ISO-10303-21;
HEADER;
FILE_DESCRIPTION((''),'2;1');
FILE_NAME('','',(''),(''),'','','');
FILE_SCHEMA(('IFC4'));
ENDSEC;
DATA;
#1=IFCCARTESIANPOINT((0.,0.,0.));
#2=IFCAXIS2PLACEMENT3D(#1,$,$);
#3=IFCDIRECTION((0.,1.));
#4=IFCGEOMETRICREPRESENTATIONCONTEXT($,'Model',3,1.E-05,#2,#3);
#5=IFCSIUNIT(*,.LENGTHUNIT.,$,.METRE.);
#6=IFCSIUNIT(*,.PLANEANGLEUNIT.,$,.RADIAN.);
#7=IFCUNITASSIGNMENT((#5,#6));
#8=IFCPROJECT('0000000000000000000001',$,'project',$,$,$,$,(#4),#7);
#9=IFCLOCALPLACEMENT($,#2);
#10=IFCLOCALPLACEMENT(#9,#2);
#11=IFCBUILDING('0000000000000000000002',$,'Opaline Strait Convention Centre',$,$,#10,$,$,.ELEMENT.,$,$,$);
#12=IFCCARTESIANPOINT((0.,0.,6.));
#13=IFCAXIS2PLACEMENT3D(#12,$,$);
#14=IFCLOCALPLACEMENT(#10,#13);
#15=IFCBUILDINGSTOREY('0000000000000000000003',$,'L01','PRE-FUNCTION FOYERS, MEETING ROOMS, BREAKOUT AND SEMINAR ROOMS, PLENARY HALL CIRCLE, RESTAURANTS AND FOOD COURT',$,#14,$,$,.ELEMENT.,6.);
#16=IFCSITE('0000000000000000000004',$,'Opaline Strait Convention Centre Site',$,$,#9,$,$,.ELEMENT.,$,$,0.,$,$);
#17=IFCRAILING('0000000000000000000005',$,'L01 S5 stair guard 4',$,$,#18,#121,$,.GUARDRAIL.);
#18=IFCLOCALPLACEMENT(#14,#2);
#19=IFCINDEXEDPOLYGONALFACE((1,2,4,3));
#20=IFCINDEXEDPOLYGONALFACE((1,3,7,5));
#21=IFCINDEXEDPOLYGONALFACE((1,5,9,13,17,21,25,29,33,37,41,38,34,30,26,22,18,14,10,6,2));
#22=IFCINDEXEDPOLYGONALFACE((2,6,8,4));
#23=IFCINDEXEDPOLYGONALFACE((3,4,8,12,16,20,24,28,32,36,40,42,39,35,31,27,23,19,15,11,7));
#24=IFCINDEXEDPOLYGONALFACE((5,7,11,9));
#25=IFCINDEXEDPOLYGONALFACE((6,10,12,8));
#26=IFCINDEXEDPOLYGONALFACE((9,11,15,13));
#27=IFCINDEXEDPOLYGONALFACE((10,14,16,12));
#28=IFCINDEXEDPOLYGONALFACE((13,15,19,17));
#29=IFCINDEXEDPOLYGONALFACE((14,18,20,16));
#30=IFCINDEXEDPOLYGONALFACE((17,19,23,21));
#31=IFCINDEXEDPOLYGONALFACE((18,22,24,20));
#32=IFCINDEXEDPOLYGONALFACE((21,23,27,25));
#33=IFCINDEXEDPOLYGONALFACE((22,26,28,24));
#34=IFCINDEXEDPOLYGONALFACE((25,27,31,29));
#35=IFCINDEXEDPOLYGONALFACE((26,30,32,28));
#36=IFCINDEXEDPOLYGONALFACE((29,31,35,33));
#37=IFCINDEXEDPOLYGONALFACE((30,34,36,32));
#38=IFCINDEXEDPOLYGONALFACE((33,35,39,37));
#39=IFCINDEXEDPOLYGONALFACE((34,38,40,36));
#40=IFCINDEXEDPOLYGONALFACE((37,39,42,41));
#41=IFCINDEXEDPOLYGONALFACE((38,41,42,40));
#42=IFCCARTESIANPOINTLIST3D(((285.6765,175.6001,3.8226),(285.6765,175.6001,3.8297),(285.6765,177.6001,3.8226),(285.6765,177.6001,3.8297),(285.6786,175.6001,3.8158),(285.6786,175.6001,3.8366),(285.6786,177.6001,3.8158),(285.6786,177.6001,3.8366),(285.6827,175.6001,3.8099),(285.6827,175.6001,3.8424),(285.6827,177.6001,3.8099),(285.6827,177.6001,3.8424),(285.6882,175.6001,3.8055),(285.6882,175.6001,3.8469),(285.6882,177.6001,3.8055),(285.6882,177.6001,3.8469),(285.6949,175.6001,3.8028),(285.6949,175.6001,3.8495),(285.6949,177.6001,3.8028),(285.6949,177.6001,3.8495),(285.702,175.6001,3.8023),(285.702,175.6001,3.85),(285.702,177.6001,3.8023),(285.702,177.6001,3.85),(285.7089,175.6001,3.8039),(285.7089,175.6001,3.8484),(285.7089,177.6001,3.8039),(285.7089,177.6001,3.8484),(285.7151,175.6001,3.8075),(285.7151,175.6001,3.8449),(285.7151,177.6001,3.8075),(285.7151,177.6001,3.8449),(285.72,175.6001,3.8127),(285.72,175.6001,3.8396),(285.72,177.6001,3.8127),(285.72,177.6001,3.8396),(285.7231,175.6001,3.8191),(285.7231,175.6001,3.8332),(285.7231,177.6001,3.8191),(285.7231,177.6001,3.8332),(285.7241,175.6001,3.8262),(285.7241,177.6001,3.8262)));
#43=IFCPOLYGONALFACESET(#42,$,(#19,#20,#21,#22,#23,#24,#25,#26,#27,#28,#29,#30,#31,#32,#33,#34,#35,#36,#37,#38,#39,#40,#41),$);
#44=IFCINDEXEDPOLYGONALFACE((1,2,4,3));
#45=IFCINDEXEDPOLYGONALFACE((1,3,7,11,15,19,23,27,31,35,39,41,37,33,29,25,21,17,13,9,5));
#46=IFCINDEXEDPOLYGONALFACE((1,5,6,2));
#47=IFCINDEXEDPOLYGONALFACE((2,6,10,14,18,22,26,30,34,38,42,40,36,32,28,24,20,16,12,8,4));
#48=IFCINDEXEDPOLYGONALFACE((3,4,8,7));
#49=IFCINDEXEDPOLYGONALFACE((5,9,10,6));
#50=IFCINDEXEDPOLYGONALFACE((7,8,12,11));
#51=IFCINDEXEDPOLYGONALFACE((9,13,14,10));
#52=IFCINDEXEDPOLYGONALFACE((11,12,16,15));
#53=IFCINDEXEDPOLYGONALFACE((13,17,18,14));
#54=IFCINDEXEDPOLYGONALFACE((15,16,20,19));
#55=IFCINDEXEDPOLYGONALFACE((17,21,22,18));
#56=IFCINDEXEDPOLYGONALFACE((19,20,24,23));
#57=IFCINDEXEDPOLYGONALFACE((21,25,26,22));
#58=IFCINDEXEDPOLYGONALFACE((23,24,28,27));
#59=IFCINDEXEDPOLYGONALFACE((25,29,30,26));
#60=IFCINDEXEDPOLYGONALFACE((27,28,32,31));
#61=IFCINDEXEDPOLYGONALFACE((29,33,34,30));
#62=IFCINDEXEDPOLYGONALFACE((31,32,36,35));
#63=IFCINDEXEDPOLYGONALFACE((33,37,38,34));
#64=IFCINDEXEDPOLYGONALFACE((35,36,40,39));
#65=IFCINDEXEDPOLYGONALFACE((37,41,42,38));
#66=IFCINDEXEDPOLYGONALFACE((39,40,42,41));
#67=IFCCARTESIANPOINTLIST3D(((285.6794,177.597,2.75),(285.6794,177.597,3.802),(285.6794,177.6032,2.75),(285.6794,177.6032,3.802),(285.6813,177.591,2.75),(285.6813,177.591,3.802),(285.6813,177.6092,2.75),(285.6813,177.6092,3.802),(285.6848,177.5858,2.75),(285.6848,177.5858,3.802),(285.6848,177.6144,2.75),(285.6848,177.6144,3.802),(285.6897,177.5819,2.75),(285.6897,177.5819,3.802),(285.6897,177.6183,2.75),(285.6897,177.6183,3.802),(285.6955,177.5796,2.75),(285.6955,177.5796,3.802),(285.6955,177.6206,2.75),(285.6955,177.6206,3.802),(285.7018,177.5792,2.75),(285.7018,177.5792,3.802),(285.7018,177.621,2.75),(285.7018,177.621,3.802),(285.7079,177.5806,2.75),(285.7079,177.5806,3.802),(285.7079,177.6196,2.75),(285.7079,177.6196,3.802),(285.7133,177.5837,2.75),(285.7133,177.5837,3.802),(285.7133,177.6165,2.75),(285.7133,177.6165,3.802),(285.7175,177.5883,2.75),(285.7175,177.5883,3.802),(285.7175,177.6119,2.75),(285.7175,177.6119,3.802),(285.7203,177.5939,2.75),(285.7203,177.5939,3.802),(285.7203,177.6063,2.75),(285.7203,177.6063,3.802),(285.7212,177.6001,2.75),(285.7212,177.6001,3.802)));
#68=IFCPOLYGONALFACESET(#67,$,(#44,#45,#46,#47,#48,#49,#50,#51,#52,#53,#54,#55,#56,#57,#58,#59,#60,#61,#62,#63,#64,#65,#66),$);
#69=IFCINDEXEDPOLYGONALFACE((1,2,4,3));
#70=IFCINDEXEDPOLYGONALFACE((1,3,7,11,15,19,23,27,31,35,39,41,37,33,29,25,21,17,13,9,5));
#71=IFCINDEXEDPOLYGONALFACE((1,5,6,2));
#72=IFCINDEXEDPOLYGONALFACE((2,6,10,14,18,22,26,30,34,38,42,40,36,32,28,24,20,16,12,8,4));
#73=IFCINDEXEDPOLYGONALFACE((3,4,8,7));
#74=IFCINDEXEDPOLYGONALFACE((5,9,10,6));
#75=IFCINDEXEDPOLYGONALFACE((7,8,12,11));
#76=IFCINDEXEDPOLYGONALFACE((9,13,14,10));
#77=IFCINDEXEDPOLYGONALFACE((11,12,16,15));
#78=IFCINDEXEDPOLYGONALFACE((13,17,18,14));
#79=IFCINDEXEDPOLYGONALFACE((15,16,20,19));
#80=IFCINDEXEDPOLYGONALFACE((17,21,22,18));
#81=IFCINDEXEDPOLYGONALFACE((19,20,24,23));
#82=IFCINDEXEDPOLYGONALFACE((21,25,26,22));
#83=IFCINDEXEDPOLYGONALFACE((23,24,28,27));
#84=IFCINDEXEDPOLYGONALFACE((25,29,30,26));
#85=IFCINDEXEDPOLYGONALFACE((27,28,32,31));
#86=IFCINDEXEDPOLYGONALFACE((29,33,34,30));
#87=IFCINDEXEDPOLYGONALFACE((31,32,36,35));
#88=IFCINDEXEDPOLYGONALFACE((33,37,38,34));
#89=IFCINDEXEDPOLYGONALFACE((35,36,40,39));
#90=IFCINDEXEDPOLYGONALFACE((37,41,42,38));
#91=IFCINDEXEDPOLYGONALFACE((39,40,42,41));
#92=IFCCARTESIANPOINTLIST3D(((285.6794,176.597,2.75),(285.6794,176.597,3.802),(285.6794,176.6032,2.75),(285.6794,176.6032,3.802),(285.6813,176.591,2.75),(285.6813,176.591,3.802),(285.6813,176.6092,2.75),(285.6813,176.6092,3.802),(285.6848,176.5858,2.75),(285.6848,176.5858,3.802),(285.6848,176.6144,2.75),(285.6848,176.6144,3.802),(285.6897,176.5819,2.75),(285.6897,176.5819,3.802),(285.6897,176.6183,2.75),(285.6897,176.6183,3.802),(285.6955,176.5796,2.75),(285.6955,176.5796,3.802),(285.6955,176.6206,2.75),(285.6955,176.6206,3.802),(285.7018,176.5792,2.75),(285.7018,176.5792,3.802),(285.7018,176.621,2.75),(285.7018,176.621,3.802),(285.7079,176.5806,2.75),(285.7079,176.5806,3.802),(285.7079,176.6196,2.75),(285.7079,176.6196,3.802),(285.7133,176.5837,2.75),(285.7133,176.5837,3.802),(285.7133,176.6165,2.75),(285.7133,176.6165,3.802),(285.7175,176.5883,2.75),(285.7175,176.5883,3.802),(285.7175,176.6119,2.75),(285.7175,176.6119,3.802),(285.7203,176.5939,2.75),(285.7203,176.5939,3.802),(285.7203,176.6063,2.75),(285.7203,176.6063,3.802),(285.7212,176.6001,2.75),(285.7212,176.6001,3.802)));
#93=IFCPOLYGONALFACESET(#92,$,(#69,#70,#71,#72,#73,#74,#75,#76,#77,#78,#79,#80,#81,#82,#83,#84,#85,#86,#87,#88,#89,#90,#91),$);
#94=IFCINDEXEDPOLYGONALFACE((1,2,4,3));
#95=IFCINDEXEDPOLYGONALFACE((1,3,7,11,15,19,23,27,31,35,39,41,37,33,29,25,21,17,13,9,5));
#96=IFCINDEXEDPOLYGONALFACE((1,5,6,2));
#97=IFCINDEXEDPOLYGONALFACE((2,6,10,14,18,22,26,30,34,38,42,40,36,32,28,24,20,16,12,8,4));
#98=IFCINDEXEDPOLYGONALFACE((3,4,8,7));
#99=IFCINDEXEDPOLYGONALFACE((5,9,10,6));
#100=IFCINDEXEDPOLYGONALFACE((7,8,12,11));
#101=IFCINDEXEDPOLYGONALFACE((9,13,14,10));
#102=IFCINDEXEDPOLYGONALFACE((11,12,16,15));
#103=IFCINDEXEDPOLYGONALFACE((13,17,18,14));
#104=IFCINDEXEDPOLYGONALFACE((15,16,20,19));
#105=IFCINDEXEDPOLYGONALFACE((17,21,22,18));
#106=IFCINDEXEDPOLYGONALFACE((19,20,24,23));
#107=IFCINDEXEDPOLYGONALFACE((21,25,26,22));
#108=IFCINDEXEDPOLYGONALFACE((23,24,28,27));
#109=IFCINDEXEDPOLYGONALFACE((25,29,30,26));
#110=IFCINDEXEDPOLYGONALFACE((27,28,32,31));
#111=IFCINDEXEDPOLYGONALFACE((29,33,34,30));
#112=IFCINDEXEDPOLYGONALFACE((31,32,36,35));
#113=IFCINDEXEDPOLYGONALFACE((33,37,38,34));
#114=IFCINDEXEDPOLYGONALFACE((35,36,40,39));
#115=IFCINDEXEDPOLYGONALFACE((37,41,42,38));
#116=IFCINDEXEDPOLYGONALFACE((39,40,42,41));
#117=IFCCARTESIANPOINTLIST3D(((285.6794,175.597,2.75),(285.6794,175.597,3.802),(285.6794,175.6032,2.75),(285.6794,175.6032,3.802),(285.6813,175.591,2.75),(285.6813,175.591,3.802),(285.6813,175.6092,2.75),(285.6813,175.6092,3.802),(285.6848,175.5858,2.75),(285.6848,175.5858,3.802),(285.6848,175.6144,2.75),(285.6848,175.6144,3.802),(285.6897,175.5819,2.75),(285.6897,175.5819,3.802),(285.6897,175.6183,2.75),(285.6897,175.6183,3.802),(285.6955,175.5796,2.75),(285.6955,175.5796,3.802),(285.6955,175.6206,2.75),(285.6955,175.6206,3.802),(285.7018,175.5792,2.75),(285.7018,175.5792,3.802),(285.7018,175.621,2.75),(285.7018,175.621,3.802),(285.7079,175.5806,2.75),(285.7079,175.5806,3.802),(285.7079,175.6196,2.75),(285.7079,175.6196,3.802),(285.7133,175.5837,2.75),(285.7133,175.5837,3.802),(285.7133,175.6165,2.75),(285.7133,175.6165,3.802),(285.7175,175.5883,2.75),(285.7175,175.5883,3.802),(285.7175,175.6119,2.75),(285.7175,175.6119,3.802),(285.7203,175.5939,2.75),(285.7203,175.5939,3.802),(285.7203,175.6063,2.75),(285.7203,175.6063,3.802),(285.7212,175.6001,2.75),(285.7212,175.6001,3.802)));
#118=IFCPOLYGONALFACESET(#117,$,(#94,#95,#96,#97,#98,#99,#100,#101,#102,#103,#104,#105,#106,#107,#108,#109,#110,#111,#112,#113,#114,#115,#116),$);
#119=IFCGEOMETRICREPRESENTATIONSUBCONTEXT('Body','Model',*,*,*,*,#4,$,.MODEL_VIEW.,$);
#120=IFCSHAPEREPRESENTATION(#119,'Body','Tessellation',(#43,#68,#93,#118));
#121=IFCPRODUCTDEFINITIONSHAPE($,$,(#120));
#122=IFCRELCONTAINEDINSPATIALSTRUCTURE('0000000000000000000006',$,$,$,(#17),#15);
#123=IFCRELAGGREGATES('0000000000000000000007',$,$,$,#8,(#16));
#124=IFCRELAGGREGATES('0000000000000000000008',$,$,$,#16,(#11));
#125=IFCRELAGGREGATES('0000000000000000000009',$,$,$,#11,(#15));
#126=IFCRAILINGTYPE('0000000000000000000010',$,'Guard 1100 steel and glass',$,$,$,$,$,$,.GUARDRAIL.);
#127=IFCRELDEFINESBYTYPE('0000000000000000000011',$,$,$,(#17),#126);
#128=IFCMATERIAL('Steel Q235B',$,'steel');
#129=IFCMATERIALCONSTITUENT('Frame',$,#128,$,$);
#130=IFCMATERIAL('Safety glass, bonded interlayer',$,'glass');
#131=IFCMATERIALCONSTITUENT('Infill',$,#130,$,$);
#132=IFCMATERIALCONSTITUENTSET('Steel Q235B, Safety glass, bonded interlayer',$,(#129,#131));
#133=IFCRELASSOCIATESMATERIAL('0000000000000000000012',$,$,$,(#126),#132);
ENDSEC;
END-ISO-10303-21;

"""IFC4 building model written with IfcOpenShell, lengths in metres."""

from ifc_helpers import new_model, si_unit, direction, frame, origin, origin_2d, place, context, subcontext, project, spatial, circle, extrude, material, constituent, constituent_set, type_object, element, save


model = new_model("IFC4")

# Units and contexts
model_context = context("Model", 3, precision=1e-05, world=origin(), true_north=direction((0.0, 1.0)))
body_context = subcontext(model_context, "Body", "Model", "MODEL_VIEW")
ifc_project = project(units=[si_unit("LENGTHUNIT", "METRE"), si_unit("PLANEANGLEUNIT", "RADIAN")], contexts=[model_context])

# Site, building, storey
site_placement = place(None, origin())
site = spatial("IfcSite", under=ifc_project, at=site_placement, Name="Opaline Strait Convention Centre Site", CompositionType="ELEMENT", RefElevation=0.0)
building_placement = place(site_placement, origin())
building = spatial("IfcBuilding", under=site, at=building_placement, Name="Opaline Strait Convention Centre", CompositionType="ELEMENT")
storey_placement = place(building_placement, frame((0.0, 0.0, 6.0)))
storey = spatial("IfcBuildingStorey", under=building, at=storey_placement, Name="L01", Description="PRE-FUNCTION FOYERS, MEETING ROOMS, BREAKOUT AND SEMINAR ROOMS, PLENARY HALL CIRCLE, RESTAURANTS AND FOOD COURT", CompositionType="ELEMENT", Elevation=6.0)

# Shared definitions
ifc_material_1 = material(Name="Steel Q235B", Category="steel")

# Railing
ifc_constituent_1 = constituent(ifc_material_1, Name="Frame")
ifc_material_2 = material(Name="Safety glass, bonded interlayer", Category="glass")
ifc_constituent_2 = constituent(ifc_material_2, Name="Infill")
ifc_constituent_set = constituent_set(constituents=[ifc_constituent_1, ifc_constituent_2], Name="Steel Q235B, Safety glass, bonded interlayer")
railing_type = type_object("IfcRailingType", Name="Guard 1100 steel and glass", PredefinedType="GUARDRAIL", material=ifc_constituent_set)
railing_placement = place(storey_placement, frame((285.7002, 177.6001, 2.75)))
element("IfcRailing", 1, at=railing_placement, inside=storey, type_object=railing_type, Name="L01 S5 stair guard 4", PredefinedType="GUARDRAIL", context=body_context, shape_type="SweptSolid", body=[
    extrude(circle(Radius=0.0239, at=origin_2d()), frame((0.0, 0.0, 1.0762), z_axis=(0.0, -1.0, 0.0), x_axis=(1.0, 0.0, 0.0)), (0.0, 0.0, 1.0), 2.0),
    extrude(circle(Radius=0.021, at=origin_2d()), origin(), (0.0, 0.0, 1.0), 1.052),
    extrude(circle(Radius=0.021, at=origin_2d()), frame((0.0, -1.0, 0.0)), (0.0, 0.0, 1.0), 1.052),
    extrude(circle(Radius=0.021, at=origin_2d()), frame((0.0, -2.0, 0.0)), (0.0, 0.0, 1.0), 1.052),
])

save(model, "model.ifc")
